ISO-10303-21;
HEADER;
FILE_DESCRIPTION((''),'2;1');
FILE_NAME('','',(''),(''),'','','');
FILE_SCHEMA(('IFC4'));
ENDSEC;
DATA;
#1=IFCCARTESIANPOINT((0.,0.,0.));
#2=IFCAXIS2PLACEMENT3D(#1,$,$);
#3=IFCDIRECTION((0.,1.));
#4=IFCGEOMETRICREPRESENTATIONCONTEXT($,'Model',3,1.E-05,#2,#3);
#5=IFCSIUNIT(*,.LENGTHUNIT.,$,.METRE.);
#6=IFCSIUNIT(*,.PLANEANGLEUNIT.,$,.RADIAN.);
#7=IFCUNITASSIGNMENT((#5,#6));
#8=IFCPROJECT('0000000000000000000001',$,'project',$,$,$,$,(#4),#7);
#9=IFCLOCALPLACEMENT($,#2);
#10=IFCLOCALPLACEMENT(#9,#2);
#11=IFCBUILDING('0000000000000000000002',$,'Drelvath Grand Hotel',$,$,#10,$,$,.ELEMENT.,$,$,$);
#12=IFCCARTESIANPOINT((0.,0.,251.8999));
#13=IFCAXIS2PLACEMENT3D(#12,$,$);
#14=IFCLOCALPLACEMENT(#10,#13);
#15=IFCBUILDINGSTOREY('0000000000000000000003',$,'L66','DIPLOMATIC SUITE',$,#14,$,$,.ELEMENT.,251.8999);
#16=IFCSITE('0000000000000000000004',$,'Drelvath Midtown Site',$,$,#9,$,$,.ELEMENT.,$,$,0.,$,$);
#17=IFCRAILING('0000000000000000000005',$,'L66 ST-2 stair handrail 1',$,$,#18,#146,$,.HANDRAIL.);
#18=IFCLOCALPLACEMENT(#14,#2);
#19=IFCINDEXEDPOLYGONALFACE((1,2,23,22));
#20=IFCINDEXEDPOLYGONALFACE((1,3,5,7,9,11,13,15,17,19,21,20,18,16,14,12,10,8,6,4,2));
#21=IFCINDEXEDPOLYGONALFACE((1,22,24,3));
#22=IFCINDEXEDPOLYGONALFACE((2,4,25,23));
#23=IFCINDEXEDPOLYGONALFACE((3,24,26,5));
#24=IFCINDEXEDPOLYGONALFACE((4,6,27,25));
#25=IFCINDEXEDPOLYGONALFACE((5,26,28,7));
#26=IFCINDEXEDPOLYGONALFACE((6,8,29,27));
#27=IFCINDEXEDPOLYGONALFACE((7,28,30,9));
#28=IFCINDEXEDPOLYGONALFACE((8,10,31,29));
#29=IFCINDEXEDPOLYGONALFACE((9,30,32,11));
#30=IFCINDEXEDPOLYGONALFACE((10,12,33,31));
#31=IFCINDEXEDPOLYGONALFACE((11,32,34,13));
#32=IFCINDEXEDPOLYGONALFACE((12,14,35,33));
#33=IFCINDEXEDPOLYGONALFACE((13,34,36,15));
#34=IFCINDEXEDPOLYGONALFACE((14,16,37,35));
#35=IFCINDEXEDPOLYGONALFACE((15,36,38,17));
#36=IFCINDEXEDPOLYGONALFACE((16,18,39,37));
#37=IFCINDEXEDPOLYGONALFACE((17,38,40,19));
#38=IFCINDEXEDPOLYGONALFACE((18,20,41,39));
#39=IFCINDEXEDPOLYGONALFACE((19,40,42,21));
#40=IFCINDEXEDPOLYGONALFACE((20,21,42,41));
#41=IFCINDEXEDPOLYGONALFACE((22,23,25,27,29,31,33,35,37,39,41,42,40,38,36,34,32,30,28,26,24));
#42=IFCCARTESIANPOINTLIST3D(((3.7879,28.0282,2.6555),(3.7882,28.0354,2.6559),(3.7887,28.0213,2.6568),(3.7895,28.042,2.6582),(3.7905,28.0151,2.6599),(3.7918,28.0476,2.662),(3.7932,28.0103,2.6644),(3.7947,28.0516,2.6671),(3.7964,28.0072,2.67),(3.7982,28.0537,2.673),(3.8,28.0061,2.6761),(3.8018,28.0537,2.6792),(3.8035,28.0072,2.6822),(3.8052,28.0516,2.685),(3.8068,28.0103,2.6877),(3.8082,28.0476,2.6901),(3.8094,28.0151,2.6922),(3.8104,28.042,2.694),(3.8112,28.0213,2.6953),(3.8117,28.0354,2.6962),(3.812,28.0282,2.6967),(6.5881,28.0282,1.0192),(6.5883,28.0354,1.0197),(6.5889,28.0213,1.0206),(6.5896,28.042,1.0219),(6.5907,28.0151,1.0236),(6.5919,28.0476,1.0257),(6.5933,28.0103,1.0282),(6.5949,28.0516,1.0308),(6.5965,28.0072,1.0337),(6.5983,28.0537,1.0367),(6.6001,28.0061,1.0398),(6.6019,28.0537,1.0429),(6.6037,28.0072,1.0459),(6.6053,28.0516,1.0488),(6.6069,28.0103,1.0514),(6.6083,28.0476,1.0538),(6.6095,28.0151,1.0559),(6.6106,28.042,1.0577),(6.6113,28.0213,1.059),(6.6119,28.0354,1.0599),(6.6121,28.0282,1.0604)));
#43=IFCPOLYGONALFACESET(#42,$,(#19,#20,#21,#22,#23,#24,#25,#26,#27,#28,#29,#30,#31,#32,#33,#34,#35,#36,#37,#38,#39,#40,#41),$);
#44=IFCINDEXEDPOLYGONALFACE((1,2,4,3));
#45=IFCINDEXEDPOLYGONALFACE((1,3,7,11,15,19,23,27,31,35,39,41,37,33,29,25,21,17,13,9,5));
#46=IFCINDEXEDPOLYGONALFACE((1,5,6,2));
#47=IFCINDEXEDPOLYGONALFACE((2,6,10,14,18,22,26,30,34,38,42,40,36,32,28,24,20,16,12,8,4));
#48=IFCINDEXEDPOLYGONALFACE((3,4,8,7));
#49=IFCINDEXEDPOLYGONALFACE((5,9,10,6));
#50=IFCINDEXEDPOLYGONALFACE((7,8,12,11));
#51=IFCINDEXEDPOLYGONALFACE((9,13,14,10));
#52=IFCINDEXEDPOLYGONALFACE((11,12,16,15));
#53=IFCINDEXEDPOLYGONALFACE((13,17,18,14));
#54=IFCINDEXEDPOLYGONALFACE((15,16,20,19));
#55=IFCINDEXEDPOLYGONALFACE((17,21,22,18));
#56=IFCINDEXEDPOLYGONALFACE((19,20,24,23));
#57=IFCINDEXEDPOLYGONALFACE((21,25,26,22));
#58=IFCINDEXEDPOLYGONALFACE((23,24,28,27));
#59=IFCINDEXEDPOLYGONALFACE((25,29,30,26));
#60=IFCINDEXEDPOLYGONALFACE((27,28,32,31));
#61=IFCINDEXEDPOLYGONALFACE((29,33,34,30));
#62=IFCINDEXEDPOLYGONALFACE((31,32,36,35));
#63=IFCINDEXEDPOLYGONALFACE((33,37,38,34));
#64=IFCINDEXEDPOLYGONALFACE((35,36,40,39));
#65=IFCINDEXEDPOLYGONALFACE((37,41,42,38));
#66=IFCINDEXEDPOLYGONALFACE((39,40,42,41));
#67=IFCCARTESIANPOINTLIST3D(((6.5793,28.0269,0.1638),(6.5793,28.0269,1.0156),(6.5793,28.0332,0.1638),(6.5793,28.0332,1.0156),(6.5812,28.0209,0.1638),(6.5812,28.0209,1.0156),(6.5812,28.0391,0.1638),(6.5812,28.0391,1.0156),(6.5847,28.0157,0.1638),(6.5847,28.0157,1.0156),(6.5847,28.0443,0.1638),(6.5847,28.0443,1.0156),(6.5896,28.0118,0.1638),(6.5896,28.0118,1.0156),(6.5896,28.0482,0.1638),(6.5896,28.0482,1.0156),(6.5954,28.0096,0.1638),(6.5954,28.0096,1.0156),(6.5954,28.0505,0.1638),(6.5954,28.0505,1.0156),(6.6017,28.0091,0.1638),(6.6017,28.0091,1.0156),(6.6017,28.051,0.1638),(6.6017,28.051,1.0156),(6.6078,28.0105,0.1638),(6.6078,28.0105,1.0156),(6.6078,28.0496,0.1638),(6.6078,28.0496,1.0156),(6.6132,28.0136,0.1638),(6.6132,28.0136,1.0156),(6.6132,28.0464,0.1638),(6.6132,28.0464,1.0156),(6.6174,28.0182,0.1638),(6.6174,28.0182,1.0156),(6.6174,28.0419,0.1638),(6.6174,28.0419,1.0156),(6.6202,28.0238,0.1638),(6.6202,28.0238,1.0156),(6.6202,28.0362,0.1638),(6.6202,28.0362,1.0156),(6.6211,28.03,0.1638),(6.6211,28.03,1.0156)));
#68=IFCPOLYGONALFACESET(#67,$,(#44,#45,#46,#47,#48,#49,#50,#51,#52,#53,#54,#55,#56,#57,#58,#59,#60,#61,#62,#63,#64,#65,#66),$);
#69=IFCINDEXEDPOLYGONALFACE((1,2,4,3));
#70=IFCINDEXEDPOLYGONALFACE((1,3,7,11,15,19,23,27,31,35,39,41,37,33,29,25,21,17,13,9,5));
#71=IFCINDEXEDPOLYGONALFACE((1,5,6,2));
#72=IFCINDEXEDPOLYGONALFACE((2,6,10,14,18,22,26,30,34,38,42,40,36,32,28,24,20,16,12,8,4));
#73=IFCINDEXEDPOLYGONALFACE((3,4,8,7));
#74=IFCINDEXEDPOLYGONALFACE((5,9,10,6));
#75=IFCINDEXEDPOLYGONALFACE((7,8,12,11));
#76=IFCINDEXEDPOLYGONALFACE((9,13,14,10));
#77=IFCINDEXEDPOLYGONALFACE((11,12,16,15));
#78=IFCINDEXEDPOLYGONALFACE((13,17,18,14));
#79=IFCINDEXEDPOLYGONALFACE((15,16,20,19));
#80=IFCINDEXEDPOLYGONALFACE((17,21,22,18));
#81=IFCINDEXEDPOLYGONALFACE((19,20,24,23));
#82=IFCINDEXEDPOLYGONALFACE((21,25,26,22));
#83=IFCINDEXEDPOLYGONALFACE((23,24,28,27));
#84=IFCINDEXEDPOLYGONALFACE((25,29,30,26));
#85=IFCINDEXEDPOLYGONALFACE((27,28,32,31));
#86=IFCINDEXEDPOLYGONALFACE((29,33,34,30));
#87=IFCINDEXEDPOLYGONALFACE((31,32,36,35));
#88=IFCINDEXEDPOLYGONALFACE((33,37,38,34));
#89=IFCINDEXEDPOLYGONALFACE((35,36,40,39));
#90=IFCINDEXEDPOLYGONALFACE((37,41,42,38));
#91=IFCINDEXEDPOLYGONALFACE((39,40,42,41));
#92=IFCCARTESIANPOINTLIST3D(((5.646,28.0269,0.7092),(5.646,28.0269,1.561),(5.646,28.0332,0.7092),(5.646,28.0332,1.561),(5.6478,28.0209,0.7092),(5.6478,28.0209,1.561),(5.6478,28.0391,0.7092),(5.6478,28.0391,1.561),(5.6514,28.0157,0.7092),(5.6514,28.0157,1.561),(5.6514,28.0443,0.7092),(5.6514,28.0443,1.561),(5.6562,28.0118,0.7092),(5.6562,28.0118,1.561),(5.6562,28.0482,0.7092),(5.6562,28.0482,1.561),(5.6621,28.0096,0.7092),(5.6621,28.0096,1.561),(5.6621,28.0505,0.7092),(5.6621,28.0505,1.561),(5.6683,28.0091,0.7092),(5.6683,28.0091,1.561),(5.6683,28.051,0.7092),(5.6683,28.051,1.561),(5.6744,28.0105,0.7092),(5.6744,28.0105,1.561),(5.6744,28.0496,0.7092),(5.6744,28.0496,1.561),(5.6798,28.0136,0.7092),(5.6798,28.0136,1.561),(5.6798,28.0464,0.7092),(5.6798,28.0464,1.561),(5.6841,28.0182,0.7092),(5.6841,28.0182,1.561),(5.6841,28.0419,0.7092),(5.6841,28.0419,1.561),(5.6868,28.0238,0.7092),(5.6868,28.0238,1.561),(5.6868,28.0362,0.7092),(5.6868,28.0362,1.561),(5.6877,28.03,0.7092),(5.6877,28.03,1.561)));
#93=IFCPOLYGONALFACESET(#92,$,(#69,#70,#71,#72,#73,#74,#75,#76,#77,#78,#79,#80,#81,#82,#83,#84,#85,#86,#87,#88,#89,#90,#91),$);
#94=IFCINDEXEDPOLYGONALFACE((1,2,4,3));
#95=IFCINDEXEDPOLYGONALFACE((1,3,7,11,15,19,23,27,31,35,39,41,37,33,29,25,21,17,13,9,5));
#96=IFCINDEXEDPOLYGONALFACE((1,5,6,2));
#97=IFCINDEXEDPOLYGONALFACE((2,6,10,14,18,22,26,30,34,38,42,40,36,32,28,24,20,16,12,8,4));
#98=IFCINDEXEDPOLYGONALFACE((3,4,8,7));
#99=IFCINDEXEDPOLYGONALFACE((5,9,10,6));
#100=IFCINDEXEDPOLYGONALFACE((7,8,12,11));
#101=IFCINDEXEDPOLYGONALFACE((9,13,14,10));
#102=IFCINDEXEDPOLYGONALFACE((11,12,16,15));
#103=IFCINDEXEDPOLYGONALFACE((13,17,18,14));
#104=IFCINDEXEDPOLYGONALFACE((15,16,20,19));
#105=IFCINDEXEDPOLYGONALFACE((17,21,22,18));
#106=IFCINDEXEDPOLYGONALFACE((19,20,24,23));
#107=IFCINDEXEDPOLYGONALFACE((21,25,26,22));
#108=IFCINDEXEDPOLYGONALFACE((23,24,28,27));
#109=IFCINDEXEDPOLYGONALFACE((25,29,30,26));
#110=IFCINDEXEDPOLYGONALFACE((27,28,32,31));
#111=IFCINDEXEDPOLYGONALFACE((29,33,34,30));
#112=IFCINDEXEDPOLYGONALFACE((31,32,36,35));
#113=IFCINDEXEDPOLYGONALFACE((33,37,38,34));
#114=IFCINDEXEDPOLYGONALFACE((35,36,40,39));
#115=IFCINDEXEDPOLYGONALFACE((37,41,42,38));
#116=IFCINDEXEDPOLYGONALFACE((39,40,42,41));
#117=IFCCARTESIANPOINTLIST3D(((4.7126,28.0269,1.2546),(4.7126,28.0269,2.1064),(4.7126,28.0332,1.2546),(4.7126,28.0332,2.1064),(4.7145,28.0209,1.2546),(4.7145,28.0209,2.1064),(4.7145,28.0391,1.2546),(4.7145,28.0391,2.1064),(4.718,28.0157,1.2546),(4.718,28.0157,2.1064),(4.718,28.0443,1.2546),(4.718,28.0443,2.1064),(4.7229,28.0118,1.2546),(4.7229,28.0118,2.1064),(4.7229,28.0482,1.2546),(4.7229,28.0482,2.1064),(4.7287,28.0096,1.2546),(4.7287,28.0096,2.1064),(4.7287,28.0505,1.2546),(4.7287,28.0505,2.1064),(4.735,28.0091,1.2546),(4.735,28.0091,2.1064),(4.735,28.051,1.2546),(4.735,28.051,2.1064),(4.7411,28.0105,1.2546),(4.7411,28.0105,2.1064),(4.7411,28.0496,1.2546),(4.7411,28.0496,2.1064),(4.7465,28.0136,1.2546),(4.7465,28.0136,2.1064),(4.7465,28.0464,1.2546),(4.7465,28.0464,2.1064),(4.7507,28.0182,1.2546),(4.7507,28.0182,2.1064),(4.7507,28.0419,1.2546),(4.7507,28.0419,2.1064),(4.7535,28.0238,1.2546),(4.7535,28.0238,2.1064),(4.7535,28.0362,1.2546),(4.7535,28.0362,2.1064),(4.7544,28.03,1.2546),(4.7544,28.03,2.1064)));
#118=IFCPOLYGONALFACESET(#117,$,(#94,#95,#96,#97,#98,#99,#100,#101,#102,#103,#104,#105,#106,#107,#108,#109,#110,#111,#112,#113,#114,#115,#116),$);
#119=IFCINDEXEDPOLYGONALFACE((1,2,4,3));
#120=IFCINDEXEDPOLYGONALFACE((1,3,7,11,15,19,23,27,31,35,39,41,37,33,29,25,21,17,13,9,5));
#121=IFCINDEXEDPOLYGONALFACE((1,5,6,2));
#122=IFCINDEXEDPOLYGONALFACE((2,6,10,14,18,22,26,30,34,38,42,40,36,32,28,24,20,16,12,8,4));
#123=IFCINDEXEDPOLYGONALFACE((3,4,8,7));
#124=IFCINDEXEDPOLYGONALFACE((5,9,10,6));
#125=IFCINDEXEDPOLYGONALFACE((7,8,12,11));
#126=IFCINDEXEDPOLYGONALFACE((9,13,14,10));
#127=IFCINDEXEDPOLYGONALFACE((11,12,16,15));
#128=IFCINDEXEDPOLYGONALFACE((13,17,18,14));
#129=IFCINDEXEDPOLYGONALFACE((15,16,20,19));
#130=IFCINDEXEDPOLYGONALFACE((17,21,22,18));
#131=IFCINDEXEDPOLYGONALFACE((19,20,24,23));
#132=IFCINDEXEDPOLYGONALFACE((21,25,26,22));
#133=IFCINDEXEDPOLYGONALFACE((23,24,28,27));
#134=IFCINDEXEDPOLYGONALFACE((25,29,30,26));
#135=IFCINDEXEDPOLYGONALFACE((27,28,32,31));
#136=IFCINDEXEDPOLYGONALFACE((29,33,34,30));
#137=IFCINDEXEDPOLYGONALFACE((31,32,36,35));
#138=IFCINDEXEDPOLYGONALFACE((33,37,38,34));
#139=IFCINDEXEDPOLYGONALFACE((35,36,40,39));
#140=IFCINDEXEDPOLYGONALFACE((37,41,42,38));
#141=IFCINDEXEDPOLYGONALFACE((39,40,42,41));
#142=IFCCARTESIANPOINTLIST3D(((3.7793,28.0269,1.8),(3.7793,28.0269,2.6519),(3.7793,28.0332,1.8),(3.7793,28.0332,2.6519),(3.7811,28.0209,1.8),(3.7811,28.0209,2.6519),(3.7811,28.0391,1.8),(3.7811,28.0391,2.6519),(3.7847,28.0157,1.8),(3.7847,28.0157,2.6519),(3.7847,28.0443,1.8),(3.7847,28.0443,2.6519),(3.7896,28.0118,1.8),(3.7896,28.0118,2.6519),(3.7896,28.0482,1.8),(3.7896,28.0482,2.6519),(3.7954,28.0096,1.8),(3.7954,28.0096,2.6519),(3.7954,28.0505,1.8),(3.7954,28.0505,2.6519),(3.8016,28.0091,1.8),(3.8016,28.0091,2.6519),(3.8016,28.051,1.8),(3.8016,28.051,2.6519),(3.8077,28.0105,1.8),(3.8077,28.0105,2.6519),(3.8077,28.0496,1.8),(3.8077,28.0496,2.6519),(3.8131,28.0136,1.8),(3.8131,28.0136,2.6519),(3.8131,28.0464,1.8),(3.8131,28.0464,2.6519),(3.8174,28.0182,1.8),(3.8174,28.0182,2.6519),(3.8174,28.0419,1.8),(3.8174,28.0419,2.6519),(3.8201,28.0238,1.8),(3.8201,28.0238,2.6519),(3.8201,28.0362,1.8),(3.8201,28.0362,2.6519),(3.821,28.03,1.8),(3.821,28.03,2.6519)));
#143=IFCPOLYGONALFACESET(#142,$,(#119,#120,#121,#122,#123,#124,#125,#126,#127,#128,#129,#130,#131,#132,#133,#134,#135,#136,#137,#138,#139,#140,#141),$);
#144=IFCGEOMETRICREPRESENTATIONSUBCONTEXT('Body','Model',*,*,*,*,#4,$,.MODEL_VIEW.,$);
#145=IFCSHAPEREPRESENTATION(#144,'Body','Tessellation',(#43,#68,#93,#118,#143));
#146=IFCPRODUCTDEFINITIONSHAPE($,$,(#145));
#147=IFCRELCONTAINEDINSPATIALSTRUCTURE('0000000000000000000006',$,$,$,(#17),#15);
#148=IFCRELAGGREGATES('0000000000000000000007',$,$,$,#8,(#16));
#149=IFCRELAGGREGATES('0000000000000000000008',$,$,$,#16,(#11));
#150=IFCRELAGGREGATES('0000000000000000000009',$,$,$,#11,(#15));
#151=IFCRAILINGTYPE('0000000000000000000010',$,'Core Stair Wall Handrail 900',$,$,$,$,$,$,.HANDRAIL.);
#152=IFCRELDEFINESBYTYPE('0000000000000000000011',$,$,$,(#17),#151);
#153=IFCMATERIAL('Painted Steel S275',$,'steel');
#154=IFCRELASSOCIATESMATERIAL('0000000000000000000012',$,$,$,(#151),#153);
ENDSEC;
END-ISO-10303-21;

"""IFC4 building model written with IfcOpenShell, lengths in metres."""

from ifc_helpers import new_model, si_unit, direction, frame, origin, origin_2d, place, context, subcontext, project, spatial, circle, extrude, material, type_object, element, save


model = new_model("IFC4")

# Units and contexts
model_context = context("Model", 3, precision=1e-05, world=origin(), true_north=direction((0.0, 1.0)))
body_context = subcontext(model_context, "Body", "Model", "MODEL_VIEW")
ifc_project = project(units=[si_unit("LENGTHUNIT", "METRE"), si_unit("PLANEANGLEUNIT", "RADIAN")], contexts=[model_context])

# Site, building, storey
site_placement = place(None, origin())
site = spatial("IfcSite", under=ifc_project, at=site_placement, Name="Drelvath Midtown Site", CompositionType="ELEMENT", RefElevation=0.0)
building_placement = place(site_placement, origin())
building = spatial("IfcBuilding", under=site, at=building_placement, Name="Drelvath Grand Hotel", CompositionType="ELEMENT")
storey_placement = place(building_placement, frame((0.0, 0.0, 251.8999)))
storey = spatial("IfcBuildingStorey", under=building, at=storey_placement, Name="L66", Description="DIPLOMATIC SUITE", CompositionType="ELEMENT", Elevation=251.8999)

# Shared definitions
ifc_material_1 = material(Name="Painted Steel S275", Category="steel")

# Railing
railing_type_1 = type_object("IfcRailingType", Name="Core Stair Wall Handrail 900", PredefinedType="HANDRAIL", material=ifc_material_1)
railing_1_placement = place(storey_placement, frame((6.6001, 28.03, 0.1638)))
element("IfcRailing", 1, at=railing_1_placement, inside=storey, type_object=railing_type_1, Name="L66 ST-2 stair handrail 1", PredefinedType="HANDRAIL", context=body_context, shape_type="SweptSolid", body=[
    extrude(circle(Radius=0.0239, at=origin_2d()), frame((0.0, 0.0, 0.876), z_axis=(-0.863394, 0.0, 0.504531), x_axis=(0.0, -1.0, 0.0)), (0.0, 0.0, 1.0), 3.2432),
    extrude(circle(Radius=0.021, at=origin_2d()), origin(), (0.0, 0.0, 1.0), 0.8518),
    extrude(circle(Radius=0.021, at=origin_2d()), frame((-0.9333, 0.0, 0.5454)), (0.0, 0.0, 1.0), 0.8518),
    extrude(circle(Radius=0.021, at=origin_2d()), frame((-1.8667, 0.0, 1.0908)), (0.0, 0.0, 1.0), 0.8518),
    extrude(circle(Radius=0.021, at=origin_2d()), frame((-2.8, 0.0, 1.6362)), (0.0, 0.0, 1.0), 0.8518),
])

save(model, "model.ifc")
